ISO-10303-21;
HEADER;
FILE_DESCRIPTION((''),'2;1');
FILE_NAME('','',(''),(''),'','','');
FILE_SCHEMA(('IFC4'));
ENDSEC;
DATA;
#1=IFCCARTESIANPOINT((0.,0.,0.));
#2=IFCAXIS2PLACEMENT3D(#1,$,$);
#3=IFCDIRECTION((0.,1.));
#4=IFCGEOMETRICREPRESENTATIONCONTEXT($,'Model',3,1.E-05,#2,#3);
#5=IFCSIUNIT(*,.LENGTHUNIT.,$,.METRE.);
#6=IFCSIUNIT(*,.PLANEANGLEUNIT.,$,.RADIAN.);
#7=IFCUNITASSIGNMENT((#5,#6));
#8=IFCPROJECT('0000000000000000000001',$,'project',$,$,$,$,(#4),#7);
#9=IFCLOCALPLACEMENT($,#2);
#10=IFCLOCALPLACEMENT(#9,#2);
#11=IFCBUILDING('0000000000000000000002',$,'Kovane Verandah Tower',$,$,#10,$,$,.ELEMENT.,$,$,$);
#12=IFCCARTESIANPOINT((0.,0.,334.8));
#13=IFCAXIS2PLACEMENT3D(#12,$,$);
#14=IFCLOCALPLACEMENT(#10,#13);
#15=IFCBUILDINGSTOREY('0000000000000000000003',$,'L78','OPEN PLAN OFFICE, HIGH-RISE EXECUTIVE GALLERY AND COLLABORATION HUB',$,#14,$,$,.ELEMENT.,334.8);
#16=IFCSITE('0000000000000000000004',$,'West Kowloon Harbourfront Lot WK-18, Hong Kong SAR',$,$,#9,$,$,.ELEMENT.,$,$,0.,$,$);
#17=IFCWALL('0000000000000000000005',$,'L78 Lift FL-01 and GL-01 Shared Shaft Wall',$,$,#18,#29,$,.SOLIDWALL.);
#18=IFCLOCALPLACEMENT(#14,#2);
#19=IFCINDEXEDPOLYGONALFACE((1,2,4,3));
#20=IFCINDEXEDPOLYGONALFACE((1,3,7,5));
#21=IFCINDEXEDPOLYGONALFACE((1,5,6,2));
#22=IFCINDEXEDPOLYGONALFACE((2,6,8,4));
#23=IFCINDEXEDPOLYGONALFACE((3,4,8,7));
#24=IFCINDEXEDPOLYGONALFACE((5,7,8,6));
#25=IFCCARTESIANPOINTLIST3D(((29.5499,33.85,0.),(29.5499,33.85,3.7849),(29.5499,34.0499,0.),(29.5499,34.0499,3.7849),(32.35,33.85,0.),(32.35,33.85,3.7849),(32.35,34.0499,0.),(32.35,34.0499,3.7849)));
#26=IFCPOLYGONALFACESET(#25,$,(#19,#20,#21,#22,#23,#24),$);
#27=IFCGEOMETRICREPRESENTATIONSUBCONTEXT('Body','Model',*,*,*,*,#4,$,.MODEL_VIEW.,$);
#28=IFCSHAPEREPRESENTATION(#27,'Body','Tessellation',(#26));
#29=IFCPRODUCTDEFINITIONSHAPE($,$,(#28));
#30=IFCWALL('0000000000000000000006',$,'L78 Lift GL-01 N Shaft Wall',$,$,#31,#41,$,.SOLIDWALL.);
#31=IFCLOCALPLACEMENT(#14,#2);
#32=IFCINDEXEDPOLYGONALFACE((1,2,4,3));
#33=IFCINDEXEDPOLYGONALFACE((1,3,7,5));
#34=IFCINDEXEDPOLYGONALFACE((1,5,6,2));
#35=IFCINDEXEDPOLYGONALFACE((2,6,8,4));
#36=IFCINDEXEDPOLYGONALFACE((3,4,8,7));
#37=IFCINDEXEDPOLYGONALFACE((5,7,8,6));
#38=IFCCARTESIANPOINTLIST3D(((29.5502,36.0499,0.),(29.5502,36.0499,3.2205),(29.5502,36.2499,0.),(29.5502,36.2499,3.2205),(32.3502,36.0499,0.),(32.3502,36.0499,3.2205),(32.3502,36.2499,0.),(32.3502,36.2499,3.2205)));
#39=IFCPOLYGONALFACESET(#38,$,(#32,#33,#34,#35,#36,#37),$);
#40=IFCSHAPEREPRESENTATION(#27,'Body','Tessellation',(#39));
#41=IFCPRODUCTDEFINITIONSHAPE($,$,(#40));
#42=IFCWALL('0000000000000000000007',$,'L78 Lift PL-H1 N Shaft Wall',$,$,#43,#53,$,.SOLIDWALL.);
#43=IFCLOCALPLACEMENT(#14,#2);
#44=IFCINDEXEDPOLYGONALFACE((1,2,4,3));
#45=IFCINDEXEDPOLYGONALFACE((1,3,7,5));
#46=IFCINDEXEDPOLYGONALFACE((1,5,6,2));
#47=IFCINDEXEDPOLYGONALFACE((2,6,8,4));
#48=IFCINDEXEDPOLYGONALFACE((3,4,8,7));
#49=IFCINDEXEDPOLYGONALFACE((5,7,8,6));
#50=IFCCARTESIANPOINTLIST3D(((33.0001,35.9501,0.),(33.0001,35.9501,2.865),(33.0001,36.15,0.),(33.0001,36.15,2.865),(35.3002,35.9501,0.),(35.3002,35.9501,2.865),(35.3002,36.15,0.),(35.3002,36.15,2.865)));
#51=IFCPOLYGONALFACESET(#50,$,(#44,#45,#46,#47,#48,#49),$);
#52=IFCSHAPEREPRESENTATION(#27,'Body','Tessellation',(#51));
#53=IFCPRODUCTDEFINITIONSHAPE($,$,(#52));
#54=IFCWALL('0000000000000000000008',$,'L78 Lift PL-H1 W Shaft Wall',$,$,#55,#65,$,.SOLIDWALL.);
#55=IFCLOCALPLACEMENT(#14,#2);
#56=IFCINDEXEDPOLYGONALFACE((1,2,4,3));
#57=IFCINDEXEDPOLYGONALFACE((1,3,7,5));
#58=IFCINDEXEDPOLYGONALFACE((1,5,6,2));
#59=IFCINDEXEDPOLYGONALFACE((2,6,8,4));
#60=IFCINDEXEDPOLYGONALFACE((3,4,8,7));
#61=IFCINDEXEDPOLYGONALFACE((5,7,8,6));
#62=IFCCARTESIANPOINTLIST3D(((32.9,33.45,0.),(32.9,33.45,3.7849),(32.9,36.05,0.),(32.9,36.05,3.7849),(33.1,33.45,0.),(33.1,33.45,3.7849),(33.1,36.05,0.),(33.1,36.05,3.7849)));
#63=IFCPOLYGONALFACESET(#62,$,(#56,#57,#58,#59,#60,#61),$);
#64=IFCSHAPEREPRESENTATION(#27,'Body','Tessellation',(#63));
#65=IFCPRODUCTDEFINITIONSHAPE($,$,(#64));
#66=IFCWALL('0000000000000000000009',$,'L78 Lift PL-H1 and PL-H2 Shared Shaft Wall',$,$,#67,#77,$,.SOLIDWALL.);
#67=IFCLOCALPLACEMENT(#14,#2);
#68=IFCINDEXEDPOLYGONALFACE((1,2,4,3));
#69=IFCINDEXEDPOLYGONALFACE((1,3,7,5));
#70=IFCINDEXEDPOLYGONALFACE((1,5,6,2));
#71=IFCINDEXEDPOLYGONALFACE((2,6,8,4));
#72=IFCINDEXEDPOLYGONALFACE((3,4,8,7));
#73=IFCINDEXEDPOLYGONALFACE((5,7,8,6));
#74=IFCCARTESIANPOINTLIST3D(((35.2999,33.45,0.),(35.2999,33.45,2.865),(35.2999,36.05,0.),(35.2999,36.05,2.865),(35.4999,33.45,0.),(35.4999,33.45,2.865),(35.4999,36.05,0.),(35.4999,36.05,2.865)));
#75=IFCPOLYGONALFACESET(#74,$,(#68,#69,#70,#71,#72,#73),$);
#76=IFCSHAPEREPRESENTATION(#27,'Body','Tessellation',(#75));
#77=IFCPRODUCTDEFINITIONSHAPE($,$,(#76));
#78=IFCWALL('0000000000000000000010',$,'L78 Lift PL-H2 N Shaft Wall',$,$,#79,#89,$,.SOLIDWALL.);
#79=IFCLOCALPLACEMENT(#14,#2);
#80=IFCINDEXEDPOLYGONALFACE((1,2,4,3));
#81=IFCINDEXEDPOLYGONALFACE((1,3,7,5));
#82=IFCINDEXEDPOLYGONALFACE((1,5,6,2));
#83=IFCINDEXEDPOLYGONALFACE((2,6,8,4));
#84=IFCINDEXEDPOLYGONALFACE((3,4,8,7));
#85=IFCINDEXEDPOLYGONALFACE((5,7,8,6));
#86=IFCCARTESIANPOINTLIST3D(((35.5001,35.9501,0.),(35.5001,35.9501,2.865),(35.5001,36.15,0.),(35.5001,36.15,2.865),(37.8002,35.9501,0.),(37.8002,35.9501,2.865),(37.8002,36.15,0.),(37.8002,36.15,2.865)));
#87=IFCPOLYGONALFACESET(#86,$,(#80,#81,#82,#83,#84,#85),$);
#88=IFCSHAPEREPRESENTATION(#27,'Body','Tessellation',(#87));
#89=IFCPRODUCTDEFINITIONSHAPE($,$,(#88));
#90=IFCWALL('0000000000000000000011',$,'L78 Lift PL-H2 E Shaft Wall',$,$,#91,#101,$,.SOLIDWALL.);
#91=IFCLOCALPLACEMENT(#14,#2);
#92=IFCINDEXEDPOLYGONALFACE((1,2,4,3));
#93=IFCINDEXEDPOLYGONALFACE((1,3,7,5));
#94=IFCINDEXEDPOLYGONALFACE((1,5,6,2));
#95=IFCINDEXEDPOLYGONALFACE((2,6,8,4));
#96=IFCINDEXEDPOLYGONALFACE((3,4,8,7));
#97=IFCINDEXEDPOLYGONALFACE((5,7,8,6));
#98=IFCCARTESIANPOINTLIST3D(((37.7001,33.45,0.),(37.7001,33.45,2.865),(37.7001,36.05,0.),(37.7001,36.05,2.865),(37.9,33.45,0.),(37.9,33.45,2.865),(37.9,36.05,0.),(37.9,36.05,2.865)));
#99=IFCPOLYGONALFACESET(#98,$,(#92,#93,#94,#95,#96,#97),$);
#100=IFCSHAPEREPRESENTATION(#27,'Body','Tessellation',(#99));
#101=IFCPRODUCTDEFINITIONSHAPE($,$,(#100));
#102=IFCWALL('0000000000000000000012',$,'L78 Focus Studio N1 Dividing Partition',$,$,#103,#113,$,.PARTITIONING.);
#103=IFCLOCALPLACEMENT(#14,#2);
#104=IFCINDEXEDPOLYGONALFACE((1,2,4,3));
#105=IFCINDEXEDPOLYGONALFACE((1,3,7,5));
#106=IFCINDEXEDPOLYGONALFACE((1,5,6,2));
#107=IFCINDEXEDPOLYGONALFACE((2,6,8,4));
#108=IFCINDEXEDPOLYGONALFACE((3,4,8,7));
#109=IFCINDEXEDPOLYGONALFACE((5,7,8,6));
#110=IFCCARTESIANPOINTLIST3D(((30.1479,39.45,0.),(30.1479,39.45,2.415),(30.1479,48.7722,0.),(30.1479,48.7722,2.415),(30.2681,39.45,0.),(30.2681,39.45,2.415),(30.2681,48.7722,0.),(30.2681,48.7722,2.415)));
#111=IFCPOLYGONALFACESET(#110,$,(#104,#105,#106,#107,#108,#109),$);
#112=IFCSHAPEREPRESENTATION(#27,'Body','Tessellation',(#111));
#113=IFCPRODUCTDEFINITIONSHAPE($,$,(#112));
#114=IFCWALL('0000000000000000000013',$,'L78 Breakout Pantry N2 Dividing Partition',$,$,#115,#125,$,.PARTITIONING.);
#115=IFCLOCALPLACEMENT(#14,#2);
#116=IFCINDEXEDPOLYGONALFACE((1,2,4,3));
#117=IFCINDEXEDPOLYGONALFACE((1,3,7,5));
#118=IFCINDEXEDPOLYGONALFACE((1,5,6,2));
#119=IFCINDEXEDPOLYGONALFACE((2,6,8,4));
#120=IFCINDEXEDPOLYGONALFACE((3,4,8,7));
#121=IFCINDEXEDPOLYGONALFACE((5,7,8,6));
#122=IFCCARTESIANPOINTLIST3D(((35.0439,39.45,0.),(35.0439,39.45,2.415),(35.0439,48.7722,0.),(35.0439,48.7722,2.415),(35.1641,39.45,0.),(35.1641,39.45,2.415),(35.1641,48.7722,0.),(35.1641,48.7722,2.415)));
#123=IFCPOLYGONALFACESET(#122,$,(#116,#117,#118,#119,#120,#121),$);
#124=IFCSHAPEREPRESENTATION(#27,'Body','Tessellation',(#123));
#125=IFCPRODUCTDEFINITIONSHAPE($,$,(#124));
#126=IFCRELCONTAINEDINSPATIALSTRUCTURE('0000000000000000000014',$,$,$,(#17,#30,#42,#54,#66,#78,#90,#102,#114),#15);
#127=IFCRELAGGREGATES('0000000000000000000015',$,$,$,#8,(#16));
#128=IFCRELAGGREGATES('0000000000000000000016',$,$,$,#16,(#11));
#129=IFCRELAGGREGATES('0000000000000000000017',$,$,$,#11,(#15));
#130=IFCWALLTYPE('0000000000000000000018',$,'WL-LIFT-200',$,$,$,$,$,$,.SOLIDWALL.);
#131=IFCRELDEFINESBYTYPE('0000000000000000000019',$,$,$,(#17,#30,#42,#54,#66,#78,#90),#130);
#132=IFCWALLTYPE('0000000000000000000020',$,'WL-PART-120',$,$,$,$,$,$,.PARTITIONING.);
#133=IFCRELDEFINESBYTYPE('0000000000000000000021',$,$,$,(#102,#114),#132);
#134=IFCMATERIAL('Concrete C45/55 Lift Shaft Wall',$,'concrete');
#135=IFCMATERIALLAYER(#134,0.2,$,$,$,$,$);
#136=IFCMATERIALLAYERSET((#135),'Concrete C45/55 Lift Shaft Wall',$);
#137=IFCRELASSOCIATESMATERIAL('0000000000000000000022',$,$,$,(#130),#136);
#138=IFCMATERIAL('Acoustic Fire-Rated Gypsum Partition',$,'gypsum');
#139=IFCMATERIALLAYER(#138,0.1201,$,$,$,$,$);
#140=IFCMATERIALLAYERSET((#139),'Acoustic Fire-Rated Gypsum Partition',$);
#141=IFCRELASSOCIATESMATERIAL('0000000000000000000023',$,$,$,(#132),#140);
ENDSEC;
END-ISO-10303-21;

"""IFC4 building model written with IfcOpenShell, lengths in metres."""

from ifc_helpers import new_model, si_unit, direction, frame, frame_2d, origin, place, context, subcontext, project, spatial, rectangle, extrude, material, layer, layer_set, type_object, element, save


model = new_model("IFC4")

# Units and contexts
model_context = context("Model", 3, precision=1e-05, world=origin(), true_north=direction((0.0, 1.0)))
body_context = subcontext(model_context, "Body", "Model", "MODEL_VIEW")
ifc_project = project(units=[si_unit("LENGTHUNIT", "METRE"), si_unit("PLANEANGLEUNIT", "RADIAN")], contexts=[model_context])

# Site, building, storey
site_placement = place(None, origin())
site = spatial("IfcSite", under=ifc_project, at=site_placement, Name="West Kowloon Harbourfront Lot WK-18, Hong Kong SAR", CompositionType="ELEMENT", RefElevation=0.0)
building_placement = place(site_placement, origin())
building = spatial("IfcBuilding", under=site, at=building_placement, Name="Kovane Verandah Tower", CompositionType="ELEMENT")
storey_placement = place(building_placement, frame((0.0, 0.0, 334.8)))
storey = spatial("IfcBuildingStorey", under=building, at=storey_placement, Name="L78", Description="OPEN PLAN OFFICE, HIGH-RISE EXECUTIVE GALLERY AND COLLABORATION HUB", CompositionType="ELEMENT", Elevation=334.8)

# Walls
ifc_material_1 = material(Name="Concrete C45/55 Lift Shaft Wall", Category="concrete")
ifc_layer_1 = layer(ifc_material_1, 0.2)
ifc_layer_set_1 = layer_set([ifc_layer_1], Name="Concrete C45/55 Lift Shaft Wall")
wall_type_1 = type_object("IfcWallType", Name="WL-LIFT-200", PredefinedType="SOLIDWALL", material=ifc_layer_set_1)
wall_1_placement = place(storey_placement, frame((29.55, 33.95, 0.0), z_axis=(0.0, 0.0, 1.0), x_axis=(1.0, 0.0, 0.0)))
element("IfcWall", 1, at=wall_1_placement, inside=storey, type_object=wall_type_1, Name="L78 Lift FL-01 and GL-01 Shared Shaft Wall", PredefinedType="SOLIDWALL", context=body_context, shape_type="SweptSolid", body=[
    extrude(rectangle(XDim=2.8, YDim=0.2, at=frame_2d((1.3999, 0.0))), origin(), (0.0, 0.0, 1.0), 3.7849),
])
wall_2_placement = place(storey_placement, frame((32.3501, 36.1499, 0.0), z_axis=(0.0, 0.0, 1.0), x_axis=(-1.0, 0.0, 0.0)))
element("IfcWall", 2, at=wall_2_placement, inside=storey, type_object=wall_type_1, Name="L78 Lift GL-01 N Shaft Wall", PredefinedType="SOLIDWALL", context=body_context, shape_type="SweptSolid", body=[
    extrude(rectangle(XDim=2.8, YDim=0.2, at=frame_2d((1.3999, 0.0))), origin(), (0.0, 0.0, 1.0), 3.2205),
])

# Walls
wall_3_placement = place(storey_placement, frame((35.3, 36.05, 0.0), z_axis=(0.0, 0.0, 1.0), x_axis=(-1.0, 0.0, 0.0)))
element("IfcWall", 3, at=wall_3_placement, inside=storey, type_object=wall_type_1, Name="L78 Lift PL-H1 N Shaft Wall", PredefinedType="SOLIDWALL", context=body_context, shape_type="SweptSolid", body=[
    extrude(rectangle(XDim=2.3, YDim=0.2, at=frame_2d((1.1499, 0.0))), origin(), (0.0, 0.0, 1.0), 2.865),
])
wall_4_placement = place(storey_placement, frame((33.0, 36.05, 0.0), z_axis=(0.0, 0.0, 1.0), x_axis=(0.0, -1.0, 0.0)))
element("IfcWall", 4, at=wall_4_placement, inside=storey, type_object=wall_type_1, Name="L78 Lift PL-H1 W Shaft Wall", PredefinedType="SOLIDWALL", context=body_context, shape_type="SweptSolid", body=[
    extrude(rectangle(XDim=2.6001, YDim=0.2, at=frame_2d((1.3, 0.0))), origin(), (0.0, 0.0, 1.0), 3.7849),
])
wall_5_placement = place(storey_placement, frame((35.3999, 33.45, 0.0), z_axis=(0.0, 0.0, 1.0), x_axis=(0.0, 1.0, 0.0)))
element("IfcWall", 5, at=wall_5_placement, inside=storey, type_object=wall_type_1, Name="L78 Lift PL-H1 and PL-H2 Shared Shaft Wall", PredefinedType="SOLIDWALL", context=body_context, shape_type="SweptSolid", body=[
    extrude(rectangle(XDim=2.6001, YDim=0.2, at=frame_2d((1.3, 0.0))), origin(), (0.0, 0.0, 1.0), 2.865),
])

# Walls
wall_6_placement = place(storey_placement, frame((37.8, 36.05, 0.0), z_axis=(0.0, 0.0, 1.0), x_axis=(-1.0, 0.0, 0.0)))
element("IfcWall", 6, at=wall_6_placement, inside=storey, type_object=wall_type_1, Name="L78 Lift PL-H2 N Shaft Wall", PredefinedType="SOLIDWALL", context=body_context, shape_type="SweptSolid", body=[
    extrude(rectangle(XDim=2.3, YDim=0.2, at=frame_2d((1.1499, 0.0))), origin(), (0.0, 0.0, 1.0), 2.865),
])
wall_7_placement = place(storey_placement, frame((37.8, 33.45, 0.0), z_axis=(0.0, 0.0, 1.0), x_axis=(0.0, 1.0, 0.0)))
element("IfcWall", 7, at=wall_7_placement, inside=storey, type_object=wall_type_1, Name="L78 Lift PL-H2 E Shaft Wall", PredefinedType="SOLIDWALL", context=body_context, shape_type="SweptSolid", body=[
    extrude(rectangle(XDim=2.6001, YDim=0.2, at=frame_2d((1.3, 0.0))), origin(), (0.0, 0.0, 1.0), 2.865),
])
ifc_material_2 = material(Name="Acoustic Fire-Rated Gypsum Partition", Category="gypsum")
ifc_layer_2 = layer(ifc_material_2, 0.1201)
ifc_layer_set_2 = layer_set([ifc_layer_2], Name="Acoustic Fire-Rated Gypsum Partition")
wall_type_2 = type_object("IfcWallType", Name="WL-PART-120", PredefinedType="PARTITIONING", material=ifc_layer_set_2)
for number, where, z_axis, x_axis, name in (
    (8, (30.208, 39.45, 0.0), (0.0, 0.0, 1.0), (0.0, 1.0, 0.0), "L78 Focus Studio N1 Dividing Partition"),
    (9, (35.104, 39.45, 0.0), (0.0, 0.0, 1.0), (0.0, 1.0, 0.0), "L78 Breakout Pantry N2 Dividing Partition"),
):
    element("IfcWall", number, at=place(storey_placement, frame(where, z_axis=z_axis, x_axis=x_axis)), inside=storey, type_object=wall_type_2, Name=name, PredefinedType="PARTITIONING", context=body_context, shape_type="SweptSolid", body=[
        extrude(rectangle(XDim=9.3223, YDim=0.1201, at=frame_2d((4.6611, 0.0))), origin(), (0.0, 0.0, 1.0), 2.415),
    ])

save(model, "model.ifc")
